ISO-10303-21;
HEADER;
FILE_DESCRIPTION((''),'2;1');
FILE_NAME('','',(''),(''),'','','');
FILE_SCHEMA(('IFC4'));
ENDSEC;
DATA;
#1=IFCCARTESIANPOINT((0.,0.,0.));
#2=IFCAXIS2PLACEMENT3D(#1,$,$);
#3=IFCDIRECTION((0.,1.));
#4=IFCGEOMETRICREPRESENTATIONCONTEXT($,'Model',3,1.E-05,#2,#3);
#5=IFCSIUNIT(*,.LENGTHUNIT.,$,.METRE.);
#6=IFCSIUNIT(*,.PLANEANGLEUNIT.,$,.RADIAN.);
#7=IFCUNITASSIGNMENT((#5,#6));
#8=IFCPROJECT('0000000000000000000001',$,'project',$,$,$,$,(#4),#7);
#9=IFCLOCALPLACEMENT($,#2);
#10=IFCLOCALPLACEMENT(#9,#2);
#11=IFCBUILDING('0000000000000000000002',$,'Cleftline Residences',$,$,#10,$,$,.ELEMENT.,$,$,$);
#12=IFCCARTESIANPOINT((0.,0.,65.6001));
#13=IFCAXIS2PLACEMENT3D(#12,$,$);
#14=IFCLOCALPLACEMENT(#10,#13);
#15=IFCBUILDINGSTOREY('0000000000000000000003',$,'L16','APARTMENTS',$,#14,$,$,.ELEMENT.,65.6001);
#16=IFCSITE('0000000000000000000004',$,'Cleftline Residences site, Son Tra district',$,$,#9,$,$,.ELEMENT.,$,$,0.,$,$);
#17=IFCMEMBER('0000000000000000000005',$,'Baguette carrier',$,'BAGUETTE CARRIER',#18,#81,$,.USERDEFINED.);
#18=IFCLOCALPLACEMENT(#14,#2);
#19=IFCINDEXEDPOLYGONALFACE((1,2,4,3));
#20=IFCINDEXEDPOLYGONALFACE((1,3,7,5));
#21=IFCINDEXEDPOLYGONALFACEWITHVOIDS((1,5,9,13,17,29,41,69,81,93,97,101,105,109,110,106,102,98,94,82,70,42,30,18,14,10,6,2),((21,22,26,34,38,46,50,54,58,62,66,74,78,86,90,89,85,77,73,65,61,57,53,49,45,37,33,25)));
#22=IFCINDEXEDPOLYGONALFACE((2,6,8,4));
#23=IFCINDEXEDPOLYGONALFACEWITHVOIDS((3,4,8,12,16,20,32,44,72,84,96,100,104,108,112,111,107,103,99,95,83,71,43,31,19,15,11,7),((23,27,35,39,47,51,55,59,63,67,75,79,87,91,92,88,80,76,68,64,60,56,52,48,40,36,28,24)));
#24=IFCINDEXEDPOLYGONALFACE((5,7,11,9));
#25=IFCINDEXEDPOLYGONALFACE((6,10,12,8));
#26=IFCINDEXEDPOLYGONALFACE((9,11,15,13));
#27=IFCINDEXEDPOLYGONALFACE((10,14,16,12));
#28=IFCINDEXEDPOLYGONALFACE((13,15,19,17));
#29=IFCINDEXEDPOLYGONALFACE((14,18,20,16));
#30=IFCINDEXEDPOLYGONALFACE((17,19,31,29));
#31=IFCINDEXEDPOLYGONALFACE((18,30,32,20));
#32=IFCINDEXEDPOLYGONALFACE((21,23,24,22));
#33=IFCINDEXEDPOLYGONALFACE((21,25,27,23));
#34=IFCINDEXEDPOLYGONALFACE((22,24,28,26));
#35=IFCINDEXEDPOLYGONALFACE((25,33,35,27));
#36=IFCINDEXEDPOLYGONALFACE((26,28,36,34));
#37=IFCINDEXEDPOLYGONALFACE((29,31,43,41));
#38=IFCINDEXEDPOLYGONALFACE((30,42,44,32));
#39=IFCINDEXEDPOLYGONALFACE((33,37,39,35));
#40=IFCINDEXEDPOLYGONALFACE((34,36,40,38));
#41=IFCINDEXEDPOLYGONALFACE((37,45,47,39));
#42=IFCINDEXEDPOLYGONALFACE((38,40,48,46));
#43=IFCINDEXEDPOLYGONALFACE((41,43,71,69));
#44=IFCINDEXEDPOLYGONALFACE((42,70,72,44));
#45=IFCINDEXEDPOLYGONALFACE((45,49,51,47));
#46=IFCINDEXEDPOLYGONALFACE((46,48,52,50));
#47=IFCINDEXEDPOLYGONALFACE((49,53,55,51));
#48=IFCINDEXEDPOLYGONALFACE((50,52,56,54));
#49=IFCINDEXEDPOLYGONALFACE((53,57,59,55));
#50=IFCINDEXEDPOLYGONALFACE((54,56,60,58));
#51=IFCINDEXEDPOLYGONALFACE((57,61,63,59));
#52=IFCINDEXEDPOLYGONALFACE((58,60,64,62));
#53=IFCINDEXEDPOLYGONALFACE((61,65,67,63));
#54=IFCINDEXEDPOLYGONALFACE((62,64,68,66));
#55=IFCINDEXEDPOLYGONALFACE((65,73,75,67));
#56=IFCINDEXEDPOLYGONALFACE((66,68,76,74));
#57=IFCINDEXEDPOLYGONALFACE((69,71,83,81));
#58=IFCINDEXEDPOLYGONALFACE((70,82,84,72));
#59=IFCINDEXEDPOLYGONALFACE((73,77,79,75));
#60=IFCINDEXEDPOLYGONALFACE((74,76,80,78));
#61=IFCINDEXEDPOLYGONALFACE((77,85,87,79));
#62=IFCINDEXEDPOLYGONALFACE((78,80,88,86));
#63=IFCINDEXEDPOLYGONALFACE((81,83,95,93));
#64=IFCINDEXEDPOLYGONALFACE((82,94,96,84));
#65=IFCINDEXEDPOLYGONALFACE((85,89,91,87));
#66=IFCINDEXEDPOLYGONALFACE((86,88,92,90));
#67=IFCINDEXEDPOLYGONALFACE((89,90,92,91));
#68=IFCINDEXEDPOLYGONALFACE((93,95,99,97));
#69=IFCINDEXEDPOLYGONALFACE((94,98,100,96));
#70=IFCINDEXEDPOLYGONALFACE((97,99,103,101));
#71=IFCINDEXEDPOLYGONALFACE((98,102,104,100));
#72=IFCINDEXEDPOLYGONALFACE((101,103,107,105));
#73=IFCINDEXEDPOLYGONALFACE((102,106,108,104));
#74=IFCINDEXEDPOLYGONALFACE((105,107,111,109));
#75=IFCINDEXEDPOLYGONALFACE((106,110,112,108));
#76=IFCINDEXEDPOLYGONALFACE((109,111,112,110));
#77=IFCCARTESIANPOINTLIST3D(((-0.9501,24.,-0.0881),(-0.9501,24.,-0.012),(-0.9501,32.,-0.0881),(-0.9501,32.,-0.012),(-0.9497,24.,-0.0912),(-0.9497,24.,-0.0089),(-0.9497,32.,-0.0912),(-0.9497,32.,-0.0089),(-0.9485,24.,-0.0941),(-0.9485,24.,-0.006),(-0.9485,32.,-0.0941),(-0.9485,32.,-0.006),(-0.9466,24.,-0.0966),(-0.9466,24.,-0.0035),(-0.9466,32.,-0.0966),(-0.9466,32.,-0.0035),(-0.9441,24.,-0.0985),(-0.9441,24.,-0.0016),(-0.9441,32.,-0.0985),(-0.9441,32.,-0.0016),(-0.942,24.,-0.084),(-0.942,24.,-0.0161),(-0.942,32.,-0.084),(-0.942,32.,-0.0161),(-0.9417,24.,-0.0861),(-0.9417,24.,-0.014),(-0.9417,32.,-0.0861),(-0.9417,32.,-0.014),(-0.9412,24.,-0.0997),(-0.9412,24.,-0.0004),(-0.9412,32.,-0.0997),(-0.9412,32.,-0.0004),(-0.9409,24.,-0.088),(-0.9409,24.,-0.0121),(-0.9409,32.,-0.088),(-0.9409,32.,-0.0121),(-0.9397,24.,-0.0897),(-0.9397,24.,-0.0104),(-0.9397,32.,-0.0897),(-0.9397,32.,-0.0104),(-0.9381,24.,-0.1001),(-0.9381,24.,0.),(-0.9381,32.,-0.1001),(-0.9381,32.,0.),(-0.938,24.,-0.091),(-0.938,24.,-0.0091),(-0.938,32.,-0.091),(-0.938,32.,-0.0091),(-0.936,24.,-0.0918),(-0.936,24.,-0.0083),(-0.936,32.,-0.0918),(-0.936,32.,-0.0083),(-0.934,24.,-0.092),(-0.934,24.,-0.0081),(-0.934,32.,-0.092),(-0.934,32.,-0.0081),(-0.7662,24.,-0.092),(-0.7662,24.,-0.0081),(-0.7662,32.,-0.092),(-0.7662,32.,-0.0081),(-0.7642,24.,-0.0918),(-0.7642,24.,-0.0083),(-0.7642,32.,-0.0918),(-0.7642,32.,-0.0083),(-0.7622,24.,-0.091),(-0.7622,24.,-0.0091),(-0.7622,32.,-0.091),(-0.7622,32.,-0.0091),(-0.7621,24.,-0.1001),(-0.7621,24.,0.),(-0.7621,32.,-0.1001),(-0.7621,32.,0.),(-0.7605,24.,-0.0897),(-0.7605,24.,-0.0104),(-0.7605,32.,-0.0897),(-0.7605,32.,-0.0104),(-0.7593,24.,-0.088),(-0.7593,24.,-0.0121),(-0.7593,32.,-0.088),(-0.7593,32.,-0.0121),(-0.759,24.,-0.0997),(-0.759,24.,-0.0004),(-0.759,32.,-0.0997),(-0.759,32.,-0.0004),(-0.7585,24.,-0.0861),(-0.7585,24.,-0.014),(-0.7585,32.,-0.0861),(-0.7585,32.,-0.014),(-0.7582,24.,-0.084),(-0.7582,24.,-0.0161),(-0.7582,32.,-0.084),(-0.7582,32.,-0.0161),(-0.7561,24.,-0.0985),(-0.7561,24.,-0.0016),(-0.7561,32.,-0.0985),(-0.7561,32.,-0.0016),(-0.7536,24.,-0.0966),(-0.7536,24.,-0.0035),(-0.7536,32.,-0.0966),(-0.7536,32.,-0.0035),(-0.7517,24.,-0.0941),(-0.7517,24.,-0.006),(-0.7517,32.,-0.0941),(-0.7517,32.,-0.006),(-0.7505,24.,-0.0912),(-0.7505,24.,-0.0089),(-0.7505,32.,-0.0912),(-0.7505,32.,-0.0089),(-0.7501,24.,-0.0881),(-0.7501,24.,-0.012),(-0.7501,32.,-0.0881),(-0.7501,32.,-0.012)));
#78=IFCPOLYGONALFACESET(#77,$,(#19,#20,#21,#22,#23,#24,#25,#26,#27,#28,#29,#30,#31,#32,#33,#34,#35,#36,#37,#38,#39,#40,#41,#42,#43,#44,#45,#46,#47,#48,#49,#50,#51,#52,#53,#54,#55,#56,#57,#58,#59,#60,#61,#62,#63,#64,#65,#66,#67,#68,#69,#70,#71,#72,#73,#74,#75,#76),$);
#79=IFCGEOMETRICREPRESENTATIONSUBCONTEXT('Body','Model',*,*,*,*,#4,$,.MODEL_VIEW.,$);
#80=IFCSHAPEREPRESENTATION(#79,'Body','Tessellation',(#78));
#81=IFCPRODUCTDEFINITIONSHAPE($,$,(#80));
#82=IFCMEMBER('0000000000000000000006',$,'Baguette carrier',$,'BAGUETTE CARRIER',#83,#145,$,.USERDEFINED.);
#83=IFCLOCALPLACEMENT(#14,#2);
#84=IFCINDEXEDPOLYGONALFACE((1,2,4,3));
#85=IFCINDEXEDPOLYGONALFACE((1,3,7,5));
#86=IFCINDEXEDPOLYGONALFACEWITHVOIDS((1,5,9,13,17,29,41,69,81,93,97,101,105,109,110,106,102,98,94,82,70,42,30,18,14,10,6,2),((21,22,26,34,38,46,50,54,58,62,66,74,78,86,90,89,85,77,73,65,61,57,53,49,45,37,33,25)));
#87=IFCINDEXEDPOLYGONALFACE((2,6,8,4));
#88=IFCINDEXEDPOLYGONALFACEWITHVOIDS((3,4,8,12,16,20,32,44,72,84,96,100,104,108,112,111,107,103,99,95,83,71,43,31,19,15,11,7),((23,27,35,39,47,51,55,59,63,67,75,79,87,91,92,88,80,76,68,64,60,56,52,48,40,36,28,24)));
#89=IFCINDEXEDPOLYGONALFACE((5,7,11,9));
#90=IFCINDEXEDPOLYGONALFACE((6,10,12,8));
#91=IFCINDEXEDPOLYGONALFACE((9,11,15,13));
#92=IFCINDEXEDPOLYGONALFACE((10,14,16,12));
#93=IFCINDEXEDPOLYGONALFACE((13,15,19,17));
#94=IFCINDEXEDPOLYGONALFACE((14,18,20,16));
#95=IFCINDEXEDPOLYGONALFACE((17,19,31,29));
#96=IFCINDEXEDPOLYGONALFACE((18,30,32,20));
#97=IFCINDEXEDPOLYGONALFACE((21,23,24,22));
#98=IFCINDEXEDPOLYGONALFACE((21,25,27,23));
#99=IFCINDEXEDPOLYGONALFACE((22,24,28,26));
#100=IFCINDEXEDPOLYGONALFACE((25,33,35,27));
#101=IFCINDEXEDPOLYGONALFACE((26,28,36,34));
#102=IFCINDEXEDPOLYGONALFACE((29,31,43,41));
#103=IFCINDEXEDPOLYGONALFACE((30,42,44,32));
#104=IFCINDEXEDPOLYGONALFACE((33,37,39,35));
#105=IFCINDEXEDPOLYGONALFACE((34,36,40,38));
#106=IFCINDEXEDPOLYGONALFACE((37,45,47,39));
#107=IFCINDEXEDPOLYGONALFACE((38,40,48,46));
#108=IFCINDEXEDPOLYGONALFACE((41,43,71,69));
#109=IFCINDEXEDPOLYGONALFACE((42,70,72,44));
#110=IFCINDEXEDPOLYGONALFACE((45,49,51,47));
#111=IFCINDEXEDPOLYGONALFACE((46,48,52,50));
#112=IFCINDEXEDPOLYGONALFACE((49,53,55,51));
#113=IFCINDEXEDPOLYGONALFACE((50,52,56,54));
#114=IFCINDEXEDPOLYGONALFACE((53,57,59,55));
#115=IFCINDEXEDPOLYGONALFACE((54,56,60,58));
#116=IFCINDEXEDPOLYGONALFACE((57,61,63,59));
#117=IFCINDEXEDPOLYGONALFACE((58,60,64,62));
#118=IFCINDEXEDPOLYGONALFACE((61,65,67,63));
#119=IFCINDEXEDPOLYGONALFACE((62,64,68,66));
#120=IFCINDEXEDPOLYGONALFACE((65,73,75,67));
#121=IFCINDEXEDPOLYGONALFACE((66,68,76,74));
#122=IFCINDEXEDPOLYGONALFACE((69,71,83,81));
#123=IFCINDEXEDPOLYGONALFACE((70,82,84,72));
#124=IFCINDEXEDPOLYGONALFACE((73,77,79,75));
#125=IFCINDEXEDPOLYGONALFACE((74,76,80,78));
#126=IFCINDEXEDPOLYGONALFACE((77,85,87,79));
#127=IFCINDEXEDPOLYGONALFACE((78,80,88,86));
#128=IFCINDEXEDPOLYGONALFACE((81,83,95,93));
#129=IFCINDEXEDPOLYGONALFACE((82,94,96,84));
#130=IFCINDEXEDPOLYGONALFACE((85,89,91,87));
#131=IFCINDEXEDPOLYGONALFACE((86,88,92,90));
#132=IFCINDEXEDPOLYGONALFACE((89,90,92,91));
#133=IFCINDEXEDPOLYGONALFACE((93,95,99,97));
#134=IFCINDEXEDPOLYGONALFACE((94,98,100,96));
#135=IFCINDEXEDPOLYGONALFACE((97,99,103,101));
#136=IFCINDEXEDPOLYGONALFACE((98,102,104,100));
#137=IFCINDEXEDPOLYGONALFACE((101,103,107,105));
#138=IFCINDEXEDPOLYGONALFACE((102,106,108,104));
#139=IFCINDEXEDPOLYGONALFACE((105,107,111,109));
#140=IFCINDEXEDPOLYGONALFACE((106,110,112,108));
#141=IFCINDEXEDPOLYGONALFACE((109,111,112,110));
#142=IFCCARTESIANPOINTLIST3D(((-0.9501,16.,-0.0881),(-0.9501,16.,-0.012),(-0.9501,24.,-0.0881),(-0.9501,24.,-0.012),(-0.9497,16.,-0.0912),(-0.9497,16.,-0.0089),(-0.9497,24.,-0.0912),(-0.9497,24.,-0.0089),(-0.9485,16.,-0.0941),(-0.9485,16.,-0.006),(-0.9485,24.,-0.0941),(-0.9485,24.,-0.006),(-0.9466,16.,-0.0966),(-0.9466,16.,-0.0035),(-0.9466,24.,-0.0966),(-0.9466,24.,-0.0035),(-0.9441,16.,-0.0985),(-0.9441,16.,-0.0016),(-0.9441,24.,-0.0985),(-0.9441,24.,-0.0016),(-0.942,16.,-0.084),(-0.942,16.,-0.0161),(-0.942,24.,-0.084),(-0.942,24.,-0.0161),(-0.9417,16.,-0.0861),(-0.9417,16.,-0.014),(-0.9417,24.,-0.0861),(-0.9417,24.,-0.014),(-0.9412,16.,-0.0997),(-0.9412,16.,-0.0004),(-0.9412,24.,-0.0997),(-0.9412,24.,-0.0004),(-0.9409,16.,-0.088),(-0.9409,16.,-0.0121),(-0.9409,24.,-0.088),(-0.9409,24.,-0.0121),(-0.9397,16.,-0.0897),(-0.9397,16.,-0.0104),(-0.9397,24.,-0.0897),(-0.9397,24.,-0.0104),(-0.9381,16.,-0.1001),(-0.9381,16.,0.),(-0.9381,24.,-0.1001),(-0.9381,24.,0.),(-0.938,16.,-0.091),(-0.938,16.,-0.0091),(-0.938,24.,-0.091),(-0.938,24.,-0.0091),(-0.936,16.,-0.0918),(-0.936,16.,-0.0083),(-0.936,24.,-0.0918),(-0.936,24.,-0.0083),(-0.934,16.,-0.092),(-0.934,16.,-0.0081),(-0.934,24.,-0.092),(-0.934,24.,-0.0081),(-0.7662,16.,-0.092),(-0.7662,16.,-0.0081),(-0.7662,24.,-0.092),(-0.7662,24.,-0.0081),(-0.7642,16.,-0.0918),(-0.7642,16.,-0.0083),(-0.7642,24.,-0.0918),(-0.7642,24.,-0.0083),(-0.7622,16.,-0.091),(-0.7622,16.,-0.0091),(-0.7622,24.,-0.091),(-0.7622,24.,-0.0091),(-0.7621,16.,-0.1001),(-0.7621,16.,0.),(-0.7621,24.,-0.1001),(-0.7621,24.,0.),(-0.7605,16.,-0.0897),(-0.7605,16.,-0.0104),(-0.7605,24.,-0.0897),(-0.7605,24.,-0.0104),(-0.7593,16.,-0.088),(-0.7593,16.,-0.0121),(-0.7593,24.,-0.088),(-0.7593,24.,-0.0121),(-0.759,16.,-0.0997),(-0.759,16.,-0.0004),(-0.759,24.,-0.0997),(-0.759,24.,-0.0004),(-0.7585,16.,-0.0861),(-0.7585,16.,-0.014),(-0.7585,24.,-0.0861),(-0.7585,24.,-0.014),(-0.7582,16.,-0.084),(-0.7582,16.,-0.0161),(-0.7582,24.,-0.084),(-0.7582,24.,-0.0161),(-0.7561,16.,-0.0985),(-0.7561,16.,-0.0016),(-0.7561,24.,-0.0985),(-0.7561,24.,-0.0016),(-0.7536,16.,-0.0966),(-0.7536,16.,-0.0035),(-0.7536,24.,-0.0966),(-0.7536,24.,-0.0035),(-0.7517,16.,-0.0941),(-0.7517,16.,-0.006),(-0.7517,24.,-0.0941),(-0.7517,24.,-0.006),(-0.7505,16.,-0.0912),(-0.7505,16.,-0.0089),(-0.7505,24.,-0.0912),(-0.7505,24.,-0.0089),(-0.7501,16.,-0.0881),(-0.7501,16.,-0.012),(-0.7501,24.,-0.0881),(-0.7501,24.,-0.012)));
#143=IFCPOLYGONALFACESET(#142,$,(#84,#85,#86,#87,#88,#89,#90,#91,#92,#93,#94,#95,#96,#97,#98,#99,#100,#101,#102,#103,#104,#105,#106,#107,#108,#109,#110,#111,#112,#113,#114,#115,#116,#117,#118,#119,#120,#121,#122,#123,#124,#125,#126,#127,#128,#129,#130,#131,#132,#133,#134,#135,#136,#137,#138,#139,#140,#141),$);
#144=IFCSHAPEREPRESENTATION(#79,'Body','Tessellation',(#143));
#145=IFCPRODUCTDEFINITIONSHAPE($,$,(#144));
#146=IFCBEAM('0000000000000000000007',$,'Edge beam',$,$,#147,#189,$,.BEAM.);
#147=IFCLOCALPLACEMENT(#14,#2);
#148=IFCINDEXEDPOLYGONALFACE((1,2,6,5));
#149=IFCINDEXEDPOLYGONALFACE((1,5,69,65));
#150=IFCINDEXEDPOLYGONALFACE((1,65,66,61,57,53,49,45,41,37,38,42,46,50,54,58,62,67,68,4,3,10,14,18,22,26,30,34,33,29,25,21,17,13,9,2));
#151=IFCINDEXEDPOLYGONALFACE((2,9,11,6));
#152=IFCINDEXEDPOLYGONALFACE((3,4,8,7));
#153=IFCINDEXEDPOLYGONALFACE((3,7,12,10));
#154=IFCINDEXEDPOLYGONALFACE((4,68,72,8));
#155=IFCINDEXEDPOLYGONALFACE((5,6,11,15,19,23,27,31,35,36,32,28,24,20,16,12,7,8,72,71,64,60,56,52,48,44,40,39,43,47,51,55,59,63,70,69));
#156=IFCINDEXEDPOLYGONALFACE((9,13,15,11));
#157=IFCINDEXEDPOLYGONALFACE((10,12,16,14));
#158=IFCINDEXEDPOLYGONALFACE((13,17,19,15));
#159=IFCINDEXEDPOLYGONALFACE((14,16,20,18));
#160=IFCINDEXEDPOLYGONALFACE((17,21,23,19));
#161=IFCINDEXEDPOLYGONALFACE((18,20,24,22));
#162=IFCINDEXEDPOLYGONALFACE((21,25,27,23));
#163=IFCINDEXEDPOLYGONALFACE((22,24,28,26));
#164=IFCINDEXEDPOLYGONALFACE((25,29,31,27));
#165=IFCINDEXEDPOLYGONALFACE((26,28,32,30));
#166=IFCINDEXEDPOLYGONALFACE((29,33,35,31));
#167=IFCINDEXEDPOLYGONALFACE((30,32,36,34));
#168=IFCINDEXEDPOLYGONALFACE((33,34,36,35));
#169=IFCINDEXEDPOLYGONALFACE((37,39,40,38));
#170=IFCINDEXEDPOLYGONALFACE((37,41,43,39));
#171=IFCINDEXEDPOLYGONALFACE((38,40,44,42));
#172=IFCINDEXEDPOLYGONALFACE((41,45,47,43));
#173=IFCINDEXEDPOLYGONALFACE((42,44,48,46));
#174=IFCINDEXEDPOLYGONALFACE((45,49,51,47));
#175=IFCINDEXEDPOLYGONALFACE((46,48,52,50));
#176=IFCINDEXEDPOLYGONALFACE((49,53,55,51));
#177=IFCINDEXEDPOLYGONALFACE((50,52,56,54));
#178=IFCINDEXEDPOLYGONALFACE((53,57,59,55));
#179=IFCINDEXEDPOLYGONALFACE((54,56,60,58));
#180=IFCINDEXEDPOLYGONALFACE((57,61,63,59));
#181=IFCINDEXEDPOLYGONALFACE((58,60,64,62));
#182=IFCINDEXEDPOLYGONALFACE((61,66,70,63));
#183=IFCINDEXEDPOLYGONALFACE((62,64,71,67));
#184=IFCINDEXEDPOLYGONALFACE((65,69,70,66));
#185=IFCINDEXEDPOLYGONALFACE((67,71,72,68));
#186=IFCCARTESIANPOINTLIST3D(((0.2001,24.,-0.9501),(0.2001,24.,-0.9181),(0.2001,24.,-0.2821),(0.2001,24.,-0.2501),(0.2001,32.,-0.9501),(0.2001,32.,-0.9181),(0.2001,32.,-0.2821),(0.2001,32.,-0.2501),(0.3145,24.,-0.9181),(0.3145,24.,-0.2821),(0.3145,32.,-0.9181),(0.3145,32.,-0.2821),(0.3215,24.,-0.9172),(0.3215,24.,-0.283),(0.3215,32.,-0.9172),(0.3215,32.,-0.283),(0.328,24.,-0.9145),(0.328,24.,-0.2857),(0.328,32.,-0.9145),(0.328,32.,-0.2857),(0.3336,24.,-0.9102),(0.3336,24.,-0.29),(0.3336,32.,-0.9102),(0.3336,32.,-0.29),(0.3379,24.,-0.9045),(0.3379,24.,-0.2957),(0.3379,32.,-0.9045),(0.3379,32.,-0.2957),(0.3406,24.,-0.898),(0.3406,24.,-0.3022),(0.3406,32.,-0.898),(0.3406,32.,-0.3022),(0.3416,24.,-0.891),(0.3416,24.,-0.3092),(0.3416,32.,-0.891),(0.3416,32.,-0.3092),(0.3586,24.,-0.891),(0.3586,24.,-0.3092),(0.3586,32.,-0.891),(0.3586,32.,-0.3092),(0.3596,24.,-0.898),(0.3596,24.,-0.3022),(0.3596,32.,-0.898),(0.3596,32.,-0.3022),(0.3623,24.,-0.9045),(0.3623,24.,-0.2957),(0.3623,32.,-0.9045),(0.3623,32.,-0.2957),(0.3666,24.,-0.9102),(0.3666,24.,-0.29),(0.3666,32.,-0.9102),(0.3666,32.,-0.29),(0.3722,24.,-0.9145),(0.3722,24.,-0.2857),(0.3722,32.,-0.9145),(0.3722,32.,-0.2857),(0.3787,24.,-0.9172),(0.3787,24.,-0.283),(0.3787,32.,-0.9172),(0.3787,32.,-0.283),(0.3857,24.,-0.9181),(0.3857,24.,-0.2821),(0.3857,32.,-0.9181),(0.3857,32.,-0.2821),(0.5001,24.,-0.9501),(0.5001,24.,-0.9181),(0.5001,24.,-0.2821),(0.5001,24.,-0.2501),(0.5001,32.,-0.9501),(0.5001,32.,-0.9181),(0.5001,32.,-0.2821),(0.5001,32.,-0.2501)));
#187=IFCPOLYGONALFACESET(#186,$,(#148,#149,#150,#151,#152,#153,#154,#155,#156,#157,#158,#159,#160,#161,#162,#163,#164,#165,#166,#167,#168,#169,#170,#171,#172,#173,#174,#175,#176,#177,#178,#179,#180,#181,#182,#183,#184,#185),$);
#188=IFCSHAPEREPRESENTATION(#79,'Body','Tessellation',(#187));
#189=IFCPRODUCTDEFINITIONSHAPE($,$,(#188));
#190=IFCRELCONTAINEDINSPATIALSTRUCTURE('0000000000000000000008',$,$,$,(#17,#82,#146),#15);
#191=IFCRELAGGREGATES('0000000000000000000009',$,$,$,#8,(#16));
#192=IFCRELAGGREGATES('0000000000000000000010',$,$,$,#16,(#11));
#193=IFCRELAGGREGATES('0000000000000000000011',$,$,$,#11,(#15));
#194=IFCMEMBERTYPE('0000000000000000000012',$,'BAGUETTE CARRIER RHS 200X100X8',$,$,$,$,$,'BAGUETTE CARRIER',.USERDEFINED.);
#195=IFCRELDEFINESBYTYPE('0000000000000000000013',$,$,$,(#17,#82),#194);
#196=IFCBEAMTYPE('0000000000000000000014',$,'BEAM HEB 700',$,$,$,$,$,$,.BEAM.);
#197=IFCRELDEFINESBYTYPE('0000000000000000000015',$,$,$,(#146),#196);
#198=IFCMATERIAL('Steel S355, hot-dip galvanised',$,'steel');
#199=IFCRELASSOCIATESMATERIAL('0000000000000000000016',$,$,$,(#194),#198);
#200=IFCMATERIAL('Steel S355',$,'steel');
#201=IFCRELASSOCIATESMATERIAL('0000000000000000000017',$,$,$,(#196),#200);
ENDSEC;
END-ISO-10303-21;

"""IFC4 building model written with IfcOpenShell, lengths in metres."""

from ifc_helpers import new_model, si_unit, direction, frame, origin, origin_2d, place, context, subcontext, project, spatial, hollow_rectangle, i_section, extrude, material, material_profile, profile_set, type_object, element, save


model = new_model("IFC4")

# Units and contexts
model_context = context("Model", 3, precision=1e-05, world=origin(), true_north=direction((0.0, 1.0)))
body_context = subcontext(model_context, "Body", "Model", "MODEL_VIEW")
ifc_project = project(units=[si_unit("LENGTHUNIT", "METRE"), si_unit("PLANEANGLEUNIT", "RADIAN")], contexts=[model_context])

# Site, building, storey
site_placement = place(None, origin())
site = spatial("IfcSite", under=ifc_project, at=site_placement, Name="Cleftline Residences site, Son Tra district", CompositionType="ELEMENT", RefElevation=0.0)
building_placement = place(site_placement, origin())
building = spatial("IfcBuilding", under=site, at=building_placement, Name="Cleftline Residences", CompositionType="ELEMENT")
storey_placement = place(building_placement, frame((0.0, 0.0, 65.6001)))
storey = spatial("IfcBuildingStorey", under=building, at=storey_placement, Name="L16", Description="APARTMENTS", CompositionType="ELEMENT", Elevation=65.6001)

# Members
ifc_material_1 = material(Name="Steel S355, hot-dip galvanised", Category="steel")
ifc_material_profile_1 = material_profile(ifc_material_1, hollow_rectangle(XDim=0.1001, YDim=0.2, WallThickness=0.0081, InnerFilletRadius=0.0081, OuterFilletRadius=0.012, at=origin_2d()))
ifc_profile_set_1 = profile_set([ifc_material_profile_1], Name="Steel S355, hot-dip galvanised")
member_type_1 = type_object("IfcMemberType", Name="BAGUETTE CARRIER RHS 200X100X8", ElementType="BAGUETTE CARRIER", PredefinedType="USERDEFINED", material=ifc_profile_set_1)
for number, where, z_axis, x_axis, name in (
    (1, (-0.8501, 32.0, -0.05), (0.0, -1.0, 0.0), (0.0, 0.0, 1.0), "Baguette carrier"),
    (2, (-0.8501, 24.0, -0.05), (0.0, -1.0, 0.0), (0.0, 0.0, 1.0), "Baguette carrier"),
):
    element("IfcMember", number, at=place(storey_placement, frame(where, z_axis=z_axis, x_axis=x_axis)), inside=storey, type_object=member_type_1, Name=name, ObjectType="BAGUETTE CARRIER", PredefinedType="USERDEFINED", context=body_context, shape_type="SweptSolid", body=[
        extrude(hollow_rectangle(XDim=0.1001, YDim=0.2, WallThickness=0.0081, InnerFilletRadius=0.0081, OuterFilletRadius=0.012, at=origin_2d()), origin(), (0.0, 0.0, 1.0), 8.0),
    ])

# Beam
ifc_material_2 = material(Name="Steel S355", Category="steel")
ifc_material_profile_2 = material_profile(ifc_material_2, i_section(OverallWidth=0.3, OverallDepth=0.7, WebThickness=0.0171, FlangeThickness=0.032, FilletRadius=0.0271, at=origin_2d()))
ifc_profile_set_2 = profile_set([ifc_material_profile_2], Name="Steel S355")
beam_type_1 = type_object("IfcBeamType", Name="BEAM HEB 700", PredefinedType="BEAM", material=ifc_profile_set_2)
for number, where, z_axis, x_axis, name in (
    (3, (0.3501, 24.0, -0.6001), (0.0, 1.0, 0.0), (-1.0, 0.0, 0.0), "Edge beam"),
):
    element("IfcBeam", number, at=place(storey_placement, frame(where, z_axis=z_axis, x_axis=x_axis)), inside=storey, type_object=beam_type_1, Name=name, PredefinedType="BEAM", context=body_context, shape_type="SweptSolid", body=[
        extrude(i_section(OverallWidth=0.3, OverallDepth=0.7, WebThickness=0.0171, FlangeThickness=0.032, FilletRadius=0.0271, at=origin_2d()), origin(), (0.0, 0.0, 1.0), 8.0),
    ])

save(model, "model.ifc")
